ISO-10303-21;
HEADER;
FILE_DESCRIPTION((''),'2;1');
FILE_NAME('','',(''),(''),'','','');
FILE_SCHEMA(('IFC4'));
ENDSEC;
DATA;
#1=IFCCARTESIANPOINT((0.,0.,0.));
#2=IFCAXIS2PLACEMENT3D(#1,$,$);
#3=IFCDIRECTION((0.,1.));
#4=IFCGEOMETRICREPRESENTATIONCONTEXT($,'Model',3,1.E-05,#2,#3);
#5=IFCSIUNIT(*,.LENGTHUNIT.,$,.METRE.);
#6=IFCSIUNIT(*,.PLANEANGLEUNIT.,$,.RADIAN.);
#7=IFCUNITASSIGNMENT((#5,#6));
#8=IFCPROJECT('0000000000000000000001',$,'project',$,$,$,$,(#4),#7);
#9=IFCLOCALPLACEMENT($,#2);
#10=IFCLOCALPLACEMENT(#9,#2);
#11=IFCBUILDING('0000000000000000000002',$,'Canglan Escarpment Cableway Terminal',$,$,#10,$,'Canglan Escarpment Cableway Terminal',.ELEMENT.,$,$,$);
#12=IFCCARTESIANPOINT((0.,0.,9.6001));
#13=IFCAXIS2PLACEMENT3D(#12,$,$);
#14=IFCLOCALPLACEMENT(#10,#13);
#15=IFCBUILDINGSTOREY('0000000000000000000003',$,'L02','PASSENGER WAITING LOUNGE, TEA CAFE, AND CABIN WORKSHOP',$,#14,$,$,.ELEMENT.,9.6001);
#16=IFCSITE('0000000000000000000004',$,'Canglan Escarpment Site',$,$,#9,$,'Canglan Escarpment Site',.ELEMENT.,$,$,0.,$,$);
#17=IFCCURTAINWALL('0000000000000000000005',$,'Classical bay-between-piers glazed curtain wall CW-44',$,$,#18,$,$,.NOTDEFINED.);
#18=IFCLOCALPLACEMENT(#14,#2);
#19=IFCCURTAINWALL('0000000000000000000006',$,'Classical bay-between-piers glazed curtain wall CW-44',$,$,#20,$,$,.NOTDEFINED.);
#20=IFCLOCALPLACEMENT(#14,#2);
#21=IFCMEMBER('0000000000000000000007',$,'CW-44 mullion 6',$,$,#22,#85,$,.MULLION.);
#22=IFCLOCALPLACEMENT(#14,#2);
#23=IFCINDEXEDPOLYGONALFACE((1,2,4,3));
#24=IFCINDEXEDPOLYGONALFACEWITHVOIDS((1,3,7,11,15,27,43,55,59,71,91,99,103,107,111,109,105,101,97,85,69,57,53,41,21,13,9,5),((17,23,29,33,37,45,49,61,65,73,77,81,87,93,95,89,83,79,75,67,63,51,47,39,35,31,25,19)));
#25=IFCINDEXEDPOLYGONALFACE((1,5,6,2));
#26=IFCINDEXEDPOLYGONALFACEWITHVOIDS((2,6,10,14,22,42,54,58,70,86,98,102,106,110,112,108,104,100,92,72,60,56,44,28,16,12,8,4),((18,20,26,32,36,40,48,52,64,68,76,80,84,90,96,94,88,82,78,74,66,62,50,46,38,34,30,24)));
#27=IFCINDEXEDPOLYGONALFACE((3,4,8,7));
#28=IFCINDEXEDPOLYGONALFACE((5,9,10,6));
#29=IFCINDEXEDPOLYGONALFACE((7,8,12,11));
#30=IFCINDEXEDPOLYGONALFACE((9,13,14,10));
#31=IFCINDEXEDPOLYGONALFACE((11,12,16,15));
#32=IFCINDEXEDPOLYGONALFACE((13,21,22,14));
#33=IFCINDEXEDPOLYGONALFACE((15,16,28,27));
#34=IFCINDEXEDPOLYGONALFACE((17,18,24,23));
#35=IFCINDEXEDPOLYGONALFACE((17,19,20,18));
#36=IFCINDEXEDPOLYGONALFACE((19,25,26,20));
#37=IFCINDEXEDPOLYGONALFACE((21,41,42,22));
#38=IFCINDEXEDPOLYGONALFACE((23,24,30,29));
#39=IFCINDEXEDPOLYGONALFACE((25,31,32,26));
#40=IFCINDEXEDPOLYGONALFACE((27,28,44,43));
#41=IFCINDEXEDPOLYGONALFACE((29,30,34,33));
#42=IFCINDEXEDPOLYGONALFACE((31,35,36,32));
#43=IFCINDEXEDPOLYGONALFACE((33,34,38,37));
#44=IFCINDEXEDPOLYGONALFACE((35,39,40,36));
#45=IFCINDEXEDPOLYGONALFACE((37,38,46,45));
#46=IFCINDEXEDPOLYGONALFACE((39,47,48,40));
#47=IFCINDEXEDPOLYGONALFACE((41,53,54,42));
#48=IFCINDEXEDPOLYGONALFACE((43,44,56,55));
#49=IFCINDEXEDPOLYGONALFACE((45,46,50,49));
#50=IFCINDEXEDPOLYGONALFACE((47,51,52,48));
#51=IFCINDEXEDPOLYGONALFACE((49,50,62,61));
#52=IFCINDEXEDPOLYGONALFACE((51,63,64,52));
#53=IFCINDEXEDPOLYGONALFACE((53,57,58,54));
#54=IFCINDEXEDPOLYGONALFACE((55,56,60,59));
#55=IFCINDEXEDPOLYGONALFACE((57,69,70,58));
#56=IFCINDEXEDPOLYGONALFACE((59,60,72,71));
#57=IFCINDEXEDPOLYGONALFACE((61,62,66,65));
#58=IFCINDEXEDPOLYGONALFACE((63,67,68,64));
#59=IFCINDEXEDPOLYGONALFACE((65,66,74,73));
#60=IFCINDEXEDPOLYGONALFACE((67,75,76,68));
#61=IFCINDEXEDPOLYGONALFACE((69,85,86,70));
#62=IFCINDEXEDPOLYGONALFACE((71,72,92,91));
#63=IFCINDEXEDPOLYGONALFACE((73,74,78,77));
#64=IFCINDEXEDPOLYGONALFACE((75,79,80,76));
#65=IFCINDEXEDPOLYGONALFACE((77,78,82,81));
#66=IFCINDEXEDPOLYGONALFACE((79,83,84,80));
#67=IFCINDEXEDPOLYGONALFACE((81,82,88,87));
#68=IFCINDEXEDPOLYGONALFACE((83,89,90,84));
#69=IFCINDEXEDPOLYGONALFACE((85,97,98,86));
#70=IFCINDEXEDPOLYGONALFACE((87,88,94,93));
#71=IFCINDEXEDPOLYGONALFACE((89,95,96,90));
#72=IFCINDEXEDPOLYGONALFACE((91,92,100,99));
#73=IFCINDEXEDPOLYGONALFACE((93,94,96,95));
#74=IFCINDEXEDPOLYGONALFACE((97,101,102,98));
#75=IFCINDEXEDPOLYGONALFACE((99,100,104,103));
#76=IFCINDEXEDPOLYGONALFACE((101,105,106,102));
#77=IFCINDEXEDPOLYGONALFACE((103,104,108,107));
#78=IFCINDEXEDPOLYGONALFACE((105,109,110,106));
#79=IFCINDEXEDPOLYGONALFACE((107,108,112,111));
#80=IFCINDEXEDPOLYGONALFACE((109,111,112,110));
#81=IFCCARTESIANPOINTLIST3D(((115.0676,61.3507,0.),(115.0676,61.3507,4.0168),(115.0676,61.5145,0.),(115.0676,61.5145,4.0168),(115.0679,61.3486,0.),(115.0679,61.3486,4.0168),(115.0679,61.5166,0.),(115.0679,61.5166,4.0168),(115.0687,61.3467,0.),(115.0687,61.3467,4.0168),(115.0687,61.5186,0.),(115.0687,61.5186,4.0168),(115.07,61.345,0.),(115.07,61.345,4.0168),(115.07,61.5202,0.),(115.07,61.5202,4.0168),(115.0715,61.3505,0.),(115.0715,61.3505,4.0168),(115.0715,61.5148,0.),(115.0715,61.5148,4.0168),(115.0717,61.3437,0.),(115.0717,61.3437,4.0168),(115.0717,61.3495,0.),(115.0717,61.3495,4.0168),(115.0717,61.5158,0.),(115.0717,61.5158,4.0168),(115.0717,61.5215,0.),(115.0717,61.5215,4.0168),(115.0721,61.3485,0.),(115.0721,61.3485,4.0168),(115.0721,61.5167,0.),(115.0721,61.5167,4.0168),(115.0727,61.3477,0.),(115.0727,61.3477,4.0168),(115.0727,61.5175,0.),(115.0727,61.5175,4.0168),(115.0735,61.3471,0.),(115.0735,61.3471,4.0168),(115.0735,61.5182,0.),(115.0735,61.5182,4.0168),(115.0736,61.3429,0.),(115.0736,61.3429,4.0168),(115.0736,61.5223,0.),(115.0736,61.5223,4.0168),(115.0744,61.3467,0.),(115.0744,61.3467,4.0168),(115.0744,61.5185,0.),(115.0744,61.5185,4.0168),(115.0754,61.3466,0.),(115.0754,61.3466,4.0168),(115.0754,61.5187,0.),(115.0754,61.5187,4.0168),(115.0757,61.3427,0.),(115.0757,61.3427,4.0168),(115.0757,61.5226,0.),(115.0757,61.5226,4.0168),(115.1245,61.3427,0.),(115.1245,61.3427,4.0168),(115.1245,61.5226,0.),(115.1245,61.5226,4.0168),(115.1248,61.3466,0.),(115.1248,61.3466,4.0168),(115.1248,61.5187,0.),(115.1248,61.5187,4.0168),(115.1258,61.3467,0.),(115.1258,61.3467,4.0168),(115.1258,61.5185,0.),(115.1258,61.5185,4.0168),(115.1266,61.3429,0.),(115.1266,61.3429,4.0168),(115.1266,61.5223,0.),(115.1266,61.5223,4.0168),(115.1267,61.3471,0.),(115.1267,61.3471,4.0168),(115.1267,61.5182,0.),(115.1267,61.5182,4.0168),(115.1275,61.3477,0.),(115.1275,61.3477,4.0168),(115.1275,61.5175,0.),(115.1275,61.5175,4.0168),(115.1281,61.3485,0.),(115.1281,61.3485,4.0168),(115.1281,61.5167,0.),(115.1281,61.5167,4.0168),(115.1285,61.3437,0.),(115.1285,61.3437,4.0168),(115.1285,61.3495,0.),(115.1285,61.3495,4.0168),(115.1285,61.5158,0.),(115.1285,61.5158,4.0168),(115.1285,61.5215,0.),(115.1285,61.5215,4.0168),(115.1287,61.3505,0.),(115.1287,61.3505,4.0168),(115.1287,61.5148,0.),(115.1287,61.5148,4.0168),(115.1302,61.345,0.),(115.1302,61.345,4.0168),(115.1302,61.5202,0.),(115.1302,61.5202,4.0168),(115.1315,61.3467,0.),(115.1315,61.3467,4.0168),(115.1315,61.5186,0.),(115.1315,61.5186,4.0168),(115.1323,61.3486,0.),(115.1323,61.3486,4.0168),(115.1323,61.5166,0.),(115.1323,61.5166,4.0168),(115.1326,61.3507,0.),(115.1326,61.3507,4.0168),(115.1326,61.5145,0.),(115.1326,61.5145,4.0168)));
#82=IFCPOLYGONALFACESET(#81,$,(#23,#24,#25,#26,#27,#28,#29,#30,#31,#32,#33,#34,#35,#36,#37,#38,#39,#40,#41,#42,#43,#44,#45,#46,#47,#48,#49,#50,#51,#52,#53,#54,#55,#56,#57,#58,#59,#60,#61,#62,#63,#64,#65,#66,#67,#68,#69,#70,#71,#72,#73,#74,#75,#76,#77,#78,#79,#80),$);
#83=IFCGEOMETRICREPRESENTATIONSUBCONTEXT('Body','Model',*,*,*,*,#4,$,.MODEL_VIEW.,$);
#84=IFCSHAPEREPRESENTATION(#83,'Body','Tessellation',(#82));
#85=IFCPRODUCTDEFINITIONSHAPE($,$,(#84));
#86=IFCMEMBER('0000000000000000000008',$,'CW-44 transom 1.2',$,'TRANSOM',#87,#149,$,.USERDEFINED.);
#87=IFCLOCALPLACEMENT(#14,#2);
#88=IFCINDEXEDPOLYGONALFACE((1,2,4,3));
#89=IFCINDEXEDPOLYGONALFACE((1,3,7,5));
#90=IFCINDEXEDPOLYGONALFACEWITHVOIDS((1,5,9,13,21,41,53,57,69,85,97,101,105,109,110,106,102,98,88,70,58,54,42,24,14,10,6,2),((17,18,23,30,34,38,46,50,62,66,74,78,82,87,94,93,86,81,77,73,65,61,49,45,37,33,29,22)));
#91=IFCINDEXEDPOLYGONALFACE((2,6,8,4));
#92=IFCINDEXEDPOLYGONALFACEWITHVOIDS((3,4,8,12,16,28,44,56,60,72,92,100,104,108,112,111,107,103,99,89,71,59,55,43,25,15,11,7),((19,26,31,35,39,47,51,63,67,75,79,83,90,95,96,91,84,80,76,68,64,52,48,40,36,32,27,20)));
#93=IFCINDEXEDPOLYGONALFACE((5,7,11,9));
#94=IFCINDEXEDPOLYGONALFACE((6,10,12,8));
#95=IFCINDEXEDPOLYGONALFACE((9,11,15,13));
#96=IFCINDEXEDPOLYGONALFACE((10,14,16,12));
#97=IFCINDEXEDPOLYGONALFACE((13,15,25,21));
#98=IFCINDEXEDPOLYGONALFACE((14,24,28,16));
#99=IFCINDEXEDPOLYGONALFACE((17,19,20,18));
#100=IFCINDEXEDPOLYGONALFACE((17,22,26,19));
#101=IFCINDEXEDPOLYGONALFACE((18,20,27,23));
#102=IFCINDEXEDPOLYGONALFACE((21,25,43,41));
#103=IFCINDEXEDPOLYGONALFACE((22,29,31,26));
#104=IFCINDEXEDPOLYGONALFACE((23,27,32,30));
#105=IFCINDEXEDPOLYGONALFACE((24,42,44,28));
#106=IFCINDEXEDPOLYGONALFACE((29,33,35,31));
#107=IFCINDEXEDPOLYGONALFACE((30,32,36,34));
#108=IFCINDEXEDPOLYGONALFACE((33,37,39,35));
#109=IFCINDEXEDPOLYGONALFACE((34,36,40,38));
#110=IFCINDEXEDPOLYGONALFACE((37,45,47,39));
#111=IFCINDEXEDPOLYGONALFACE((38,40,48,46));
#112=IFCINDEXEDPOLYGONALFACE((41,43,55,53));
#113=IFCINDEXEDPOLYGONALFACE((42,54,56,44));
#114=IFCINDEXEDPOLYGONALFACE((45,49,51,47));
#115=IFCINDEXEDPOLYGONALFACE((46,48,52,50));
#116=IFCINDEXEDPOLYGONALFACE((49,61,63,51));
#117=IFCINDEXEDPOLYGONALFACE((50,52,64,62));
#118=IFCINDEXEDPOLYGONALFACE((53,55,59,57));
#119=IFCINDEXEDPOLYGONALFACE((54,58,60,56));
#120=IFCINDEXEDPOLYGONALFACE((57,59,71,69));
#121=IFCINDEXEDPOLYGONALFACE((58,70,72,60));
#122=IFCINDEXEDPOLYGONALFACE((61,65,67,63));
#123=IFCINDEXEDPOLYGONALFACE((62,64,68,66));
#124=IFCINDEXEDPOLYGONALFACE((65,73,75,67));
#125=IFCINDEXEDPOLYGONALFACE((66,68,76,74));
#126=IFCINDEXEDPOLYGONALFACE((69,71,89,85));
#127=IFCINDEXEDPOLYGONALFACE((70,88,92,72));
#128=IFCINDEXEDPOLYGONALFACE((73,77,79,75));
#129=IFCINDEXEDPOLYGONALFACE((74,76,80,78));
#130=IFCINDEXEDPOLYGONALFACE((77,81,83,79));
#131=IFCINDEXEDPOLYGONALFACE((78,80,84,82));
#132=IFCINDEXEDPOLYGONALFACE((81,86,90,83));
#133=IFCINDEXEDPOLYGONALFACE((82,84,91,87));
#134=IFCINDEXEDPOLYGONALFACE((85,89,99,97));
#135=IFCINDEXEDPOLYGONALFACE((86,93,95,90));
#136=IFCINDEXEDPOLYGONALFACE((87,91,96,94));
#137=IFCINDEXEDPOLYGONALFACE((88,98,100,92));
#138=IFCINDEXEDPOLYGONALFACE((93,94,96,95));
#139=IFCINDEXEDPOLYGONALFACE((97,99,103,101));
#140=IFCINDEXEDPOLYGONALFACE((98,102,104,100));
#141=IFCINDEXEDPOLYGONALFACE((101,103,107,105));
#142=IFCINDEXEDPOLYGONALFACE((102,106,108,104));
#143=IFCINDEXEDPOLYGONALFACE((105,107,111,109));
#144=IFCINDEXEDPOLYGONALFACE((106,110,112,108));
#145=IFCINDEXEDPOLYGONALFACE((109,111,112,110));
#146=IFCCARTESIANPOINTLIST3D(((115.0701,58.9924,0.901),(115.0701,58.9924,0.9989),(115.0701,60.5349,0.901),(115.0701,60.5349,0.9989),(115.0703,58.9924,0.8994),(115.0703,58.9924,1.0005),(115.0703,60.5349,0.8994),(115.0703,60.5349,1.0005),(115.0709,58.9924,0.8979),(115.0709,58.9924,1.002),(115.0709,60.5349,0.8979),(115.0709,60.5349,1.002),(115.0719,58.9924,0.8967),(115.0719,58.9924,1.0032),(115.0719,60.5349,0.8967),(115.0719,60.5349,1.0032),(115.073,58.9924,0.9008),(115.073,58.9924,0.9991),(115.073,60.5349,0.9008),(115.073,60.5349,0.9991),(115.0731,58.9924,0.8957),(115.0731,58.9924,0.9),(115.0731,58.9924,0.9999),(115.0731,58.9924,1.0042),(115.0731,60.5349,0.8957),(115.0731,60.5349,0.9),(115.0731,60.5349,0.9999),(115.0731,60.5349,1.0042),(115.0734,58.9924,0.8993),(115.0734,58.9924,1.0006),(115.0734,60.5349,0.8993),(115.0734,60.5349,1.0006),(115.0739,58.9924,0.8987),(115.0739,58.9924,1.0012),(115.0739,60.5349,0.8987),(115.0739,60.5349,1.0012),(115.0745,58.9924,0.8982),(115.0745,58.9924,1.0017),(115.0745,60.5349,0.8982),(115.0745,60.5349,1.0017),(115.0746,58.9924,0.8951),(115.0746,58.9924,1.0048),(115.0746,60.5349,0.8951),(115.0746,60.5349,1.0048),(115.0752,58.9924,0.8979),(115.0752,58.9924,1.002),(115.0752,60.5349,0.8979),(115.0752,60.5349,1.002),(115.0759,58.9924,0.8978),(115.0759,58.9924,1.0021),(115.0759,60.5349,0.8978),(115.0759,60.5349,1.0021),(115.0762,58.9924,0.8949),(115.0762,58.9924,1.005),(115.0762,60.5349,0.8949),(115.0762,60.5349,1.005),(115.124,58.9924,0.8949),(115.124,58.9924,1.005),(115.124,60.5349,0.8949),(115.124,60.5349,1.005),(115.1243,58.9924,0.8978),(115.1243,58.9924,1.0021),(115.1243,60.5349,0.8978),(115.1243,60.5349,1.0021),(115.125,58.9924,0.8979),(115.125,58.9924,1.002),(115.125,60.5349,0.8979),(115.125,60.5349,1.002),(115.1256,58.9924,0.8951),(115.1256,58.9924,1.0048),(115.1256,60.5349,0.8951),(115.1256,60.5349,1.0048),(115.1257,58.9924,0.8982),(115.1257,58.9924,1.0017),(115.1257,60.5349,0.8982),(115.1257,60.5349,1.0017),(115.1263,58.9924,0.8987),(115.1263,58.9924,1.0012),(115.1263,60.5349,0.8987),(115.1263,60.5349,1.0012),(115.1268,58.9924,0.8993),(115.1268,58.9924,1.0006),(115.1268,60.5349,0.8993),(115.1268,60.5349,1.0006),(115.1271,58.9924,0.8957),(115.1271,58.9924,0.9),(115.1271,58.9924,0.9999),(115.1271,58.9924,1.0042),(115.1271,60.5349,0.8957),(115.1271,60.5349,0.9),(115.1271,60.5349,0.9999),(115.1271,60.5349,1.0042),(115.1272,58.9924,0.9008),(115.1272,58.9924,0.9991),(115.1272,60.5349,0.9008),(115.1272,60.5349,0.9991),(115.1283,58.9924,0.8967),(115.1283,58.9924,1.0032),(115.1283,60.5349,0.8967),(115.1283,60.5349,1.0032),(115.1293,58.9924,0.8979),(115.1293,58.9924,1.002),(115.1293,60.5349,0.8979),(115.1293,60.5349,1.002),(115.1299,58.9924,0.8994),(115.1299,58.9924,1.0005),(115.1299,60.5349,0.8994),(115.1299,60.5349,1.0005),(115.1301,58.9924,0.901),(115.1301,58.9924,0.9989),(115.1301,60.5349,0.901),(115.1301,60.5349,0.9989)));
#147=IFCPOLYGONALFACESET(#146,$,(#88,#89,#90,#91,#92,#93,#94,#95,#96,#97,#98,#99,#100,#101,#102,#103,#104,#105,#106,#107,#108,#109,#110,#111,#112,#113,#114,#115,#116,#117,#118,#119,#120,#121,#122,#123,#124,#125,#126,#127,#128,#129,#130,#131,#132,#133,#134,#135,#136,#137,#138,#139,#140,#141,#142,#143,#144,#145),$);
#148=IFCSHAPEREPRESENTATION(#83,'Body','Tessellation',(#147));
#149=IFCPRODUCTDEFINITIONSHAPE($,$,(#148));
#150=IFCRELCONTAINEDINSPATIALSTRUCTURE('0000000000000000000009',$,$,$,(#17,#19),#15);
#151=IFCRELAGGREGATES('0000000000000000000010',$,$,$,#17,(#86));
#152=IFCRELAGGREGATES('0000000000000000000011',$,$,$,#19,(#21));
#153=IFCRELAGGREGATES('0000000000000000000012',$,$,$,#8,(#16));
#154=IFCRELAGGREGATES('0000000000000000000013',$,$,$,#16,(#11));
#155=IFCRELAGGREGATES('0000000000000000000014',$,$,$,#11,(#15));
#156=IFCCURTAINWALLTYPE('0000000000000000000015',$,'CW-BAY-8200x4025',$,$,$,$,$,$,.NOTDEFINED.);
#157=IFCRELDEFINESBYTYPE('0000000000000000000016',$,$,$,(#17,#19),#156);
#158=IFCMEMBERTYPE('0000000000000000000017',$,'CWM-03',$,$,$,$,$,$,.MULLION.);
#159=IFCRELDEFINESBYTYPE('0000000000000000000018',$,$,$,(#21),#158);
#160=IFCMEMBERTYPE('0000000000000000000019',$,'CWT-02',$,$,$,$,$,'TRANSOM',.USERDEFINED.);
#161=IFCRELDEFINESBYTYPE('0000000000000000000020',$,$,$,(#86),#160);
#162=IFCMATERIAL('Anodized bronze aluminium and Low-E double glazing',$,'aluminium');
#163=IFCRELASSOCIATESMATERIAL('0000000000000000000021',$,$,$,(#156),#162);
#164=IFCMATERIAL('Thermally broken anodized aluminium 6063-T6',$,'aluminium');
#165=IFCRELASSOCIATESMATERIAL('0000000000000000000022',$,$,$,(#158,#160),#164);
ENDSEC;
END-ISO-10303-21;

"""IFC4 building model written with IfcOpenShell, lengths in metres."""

from ifc_helpers import new_model, si_unit, direction, frame, origin, origin_2d, place, context, subcontext, project, spatial, hollow_rectangle, extrude, material, material_profile, profile_set, type_object, element, aggregate, save


model = new_model("IFC4")

# Units and contexts
model_context = context("Model", 3, precision=1e-05, world=origin(), true_north=direction((0.0, 1.0)))
body_context = subcontext(model_context, "Body", "Model", "MODEL_VIEW")
ifc_project = project(units=[si_unit("LENGTHUNIT", "METRE"), si_unit("PLANEANGLEUNIT", "RADIAN")], contexts=[model_context])

# Site, building, storey
site_placement = place(None, origin())
site = spatial("IfcSite", under=ifc_project, at=site_placement, Name="Canglan Escarpment Site", LongName="Canglan Escarpment Site", CompositionType="ELEMENT", RefElevation=0.0)
building_placement = place(site_placement, origin())
building = spatial("IfcBuilding", under=site, at=building_placement, Name="Canglan Escarpment Cableway Terminal", LongName="Canglan Escarpment Cableway Terminal", CompositionType="ELEMENT")
storey_placement = place(building_placement, frame((0.0, 0.0, 9.6001)))
storey = spatial("IfcBuildingStorey", under=building, at=storey_placement, Name="L02", Description="PASSENGER WAITING LOUNGE, TEA CAFE, AND CABIN WORKSHOP", CompositionType="ELEMENT", Elevation=9.6001)

# Curtain wall
ifc_material_1 = material(Name="Anodized bronze aluminium and Low-E double glazing", Category="aluminium")
curtain_wall_type = type_object("IfcCurtainWallType", Name="CW-BAY-8200x4025", PredefinedType="NOTDEFINED", material=ifc_material_1)
curtain_wall_1_placement = place(storey_placement, origin())
curtain_wall_1 = element("IfcCurtainWall", 1, at=curtain_wall_1_placement, inside=storey, type_object=curtain_wall_type, Name="Classical bay-between-piers glazed curtain wall CW-44", PredefinedType="NOTDEFINED")
ifc_material_2 = material(Name="Thermally broken anodized aluminium 6063-T6", Category="aluminium")

# Curtain wall, member
curtain_wall_2_placement = place(storey_placement, origin())
curtain_wall_2 = element("IfcCurtainWall", 2, at=curtain_wall_2_placement, inside=storey, type_object=curtain_wall_type, Name="Classical bay-between-piers glazed curtain wall CW-44", PredefinedType="NOTDEFINED")
ifc_material_profile_1 = material_profile(ifc_material_2, hollow_rectangle(XDim=0.0649, YDim=0.1799, WallThickness=0.0039, InnerFilletRadius=0.0039, OuterFilletRadius=0.0081, at=origin_2d()), Name="ALU-MULL 65x180x4")
ifc_profile_set_1 = profile_set([ifc_material_profile_1], Name="Thermally broken anodized aluminium 6063-T6")
member_type_1 = type_object("IfcMemberType", Name="CWM-03", PredefinedType="MULLION", material=ifc_profile_set_1)
member_1_placement = place(storey_placement, frame((115.1001, 61.4326, 0.0), z_axis=(0.0, 0.0, 1.0), x_axis=(1.0, 0.0, 0.0)))
member_1 = element("IfcMember", 3, at=member_1_placement, type_object=member_type_1, Name="CW-44 mullion 6", PredefinedType="MULLION", context=body_context, shape_type="SweptSolid", body=[
    extrude(hollow_rectangle(XDim=0.0649, YDim=0.1799, WallThickness=0.0039, InnerFilletRadius=0.0039, OuterFilletRadius=0.0081, at=origin_2d()), origin(), (0.0, 0.0, 1.0), 4.0168),
])

# Member
ifc_material_profile_2 = material_profile(ifc_material_2, hollow_rectangle(XDim=0.0601, YDim=0.1101, WallThickness=0.0029, InnerFilletRadius=0.0029, OuterFilletRadius=0.0061, at=origin_2d()), Name="ALU-TRAN 60x110x3")
ifc_profile_set_2 = profile_set([ifc_material_profile_2], Name="Thermally broken anodized aluminium 6063-T6")
member_type_2 = type_object("IfcMemberType", Name="CWT-02", ElementType="TRANSOM", PredefinedType="USERDEFINED", material=ifc_profile_set_2)
member_2_placement = place(storey_placement, frame((115.1001, 60.5349, 0.95), z_axis=(0.0, -1.0, 0.0), x_axis=(1.0, 0.0, 0.0)))
member_2 = element("IfcMember", 4, at=member_2_placement, type_object=member_type_2, Name="CW-44 transom 1.2", ObjectType="TRANSOM", PredefinedType="USERDEFINED", context=body_context, shape_type="SweptSolid", body=[
    extrude(hollow_rectangle(XDim=0.0601, YDim=0.1101, WallThickness=0.0029, InnerFilletRadius=0.0029, OuterFilletRadius=0.0061, at=origin_2d()), origin(), (0.0, 0.0, 1.0), 1.5425),
])
aggregate(curtain_wall_1, [member_2])

aggregate(curtain_wall_2, [member_1])

save(model, "model.ifc")
